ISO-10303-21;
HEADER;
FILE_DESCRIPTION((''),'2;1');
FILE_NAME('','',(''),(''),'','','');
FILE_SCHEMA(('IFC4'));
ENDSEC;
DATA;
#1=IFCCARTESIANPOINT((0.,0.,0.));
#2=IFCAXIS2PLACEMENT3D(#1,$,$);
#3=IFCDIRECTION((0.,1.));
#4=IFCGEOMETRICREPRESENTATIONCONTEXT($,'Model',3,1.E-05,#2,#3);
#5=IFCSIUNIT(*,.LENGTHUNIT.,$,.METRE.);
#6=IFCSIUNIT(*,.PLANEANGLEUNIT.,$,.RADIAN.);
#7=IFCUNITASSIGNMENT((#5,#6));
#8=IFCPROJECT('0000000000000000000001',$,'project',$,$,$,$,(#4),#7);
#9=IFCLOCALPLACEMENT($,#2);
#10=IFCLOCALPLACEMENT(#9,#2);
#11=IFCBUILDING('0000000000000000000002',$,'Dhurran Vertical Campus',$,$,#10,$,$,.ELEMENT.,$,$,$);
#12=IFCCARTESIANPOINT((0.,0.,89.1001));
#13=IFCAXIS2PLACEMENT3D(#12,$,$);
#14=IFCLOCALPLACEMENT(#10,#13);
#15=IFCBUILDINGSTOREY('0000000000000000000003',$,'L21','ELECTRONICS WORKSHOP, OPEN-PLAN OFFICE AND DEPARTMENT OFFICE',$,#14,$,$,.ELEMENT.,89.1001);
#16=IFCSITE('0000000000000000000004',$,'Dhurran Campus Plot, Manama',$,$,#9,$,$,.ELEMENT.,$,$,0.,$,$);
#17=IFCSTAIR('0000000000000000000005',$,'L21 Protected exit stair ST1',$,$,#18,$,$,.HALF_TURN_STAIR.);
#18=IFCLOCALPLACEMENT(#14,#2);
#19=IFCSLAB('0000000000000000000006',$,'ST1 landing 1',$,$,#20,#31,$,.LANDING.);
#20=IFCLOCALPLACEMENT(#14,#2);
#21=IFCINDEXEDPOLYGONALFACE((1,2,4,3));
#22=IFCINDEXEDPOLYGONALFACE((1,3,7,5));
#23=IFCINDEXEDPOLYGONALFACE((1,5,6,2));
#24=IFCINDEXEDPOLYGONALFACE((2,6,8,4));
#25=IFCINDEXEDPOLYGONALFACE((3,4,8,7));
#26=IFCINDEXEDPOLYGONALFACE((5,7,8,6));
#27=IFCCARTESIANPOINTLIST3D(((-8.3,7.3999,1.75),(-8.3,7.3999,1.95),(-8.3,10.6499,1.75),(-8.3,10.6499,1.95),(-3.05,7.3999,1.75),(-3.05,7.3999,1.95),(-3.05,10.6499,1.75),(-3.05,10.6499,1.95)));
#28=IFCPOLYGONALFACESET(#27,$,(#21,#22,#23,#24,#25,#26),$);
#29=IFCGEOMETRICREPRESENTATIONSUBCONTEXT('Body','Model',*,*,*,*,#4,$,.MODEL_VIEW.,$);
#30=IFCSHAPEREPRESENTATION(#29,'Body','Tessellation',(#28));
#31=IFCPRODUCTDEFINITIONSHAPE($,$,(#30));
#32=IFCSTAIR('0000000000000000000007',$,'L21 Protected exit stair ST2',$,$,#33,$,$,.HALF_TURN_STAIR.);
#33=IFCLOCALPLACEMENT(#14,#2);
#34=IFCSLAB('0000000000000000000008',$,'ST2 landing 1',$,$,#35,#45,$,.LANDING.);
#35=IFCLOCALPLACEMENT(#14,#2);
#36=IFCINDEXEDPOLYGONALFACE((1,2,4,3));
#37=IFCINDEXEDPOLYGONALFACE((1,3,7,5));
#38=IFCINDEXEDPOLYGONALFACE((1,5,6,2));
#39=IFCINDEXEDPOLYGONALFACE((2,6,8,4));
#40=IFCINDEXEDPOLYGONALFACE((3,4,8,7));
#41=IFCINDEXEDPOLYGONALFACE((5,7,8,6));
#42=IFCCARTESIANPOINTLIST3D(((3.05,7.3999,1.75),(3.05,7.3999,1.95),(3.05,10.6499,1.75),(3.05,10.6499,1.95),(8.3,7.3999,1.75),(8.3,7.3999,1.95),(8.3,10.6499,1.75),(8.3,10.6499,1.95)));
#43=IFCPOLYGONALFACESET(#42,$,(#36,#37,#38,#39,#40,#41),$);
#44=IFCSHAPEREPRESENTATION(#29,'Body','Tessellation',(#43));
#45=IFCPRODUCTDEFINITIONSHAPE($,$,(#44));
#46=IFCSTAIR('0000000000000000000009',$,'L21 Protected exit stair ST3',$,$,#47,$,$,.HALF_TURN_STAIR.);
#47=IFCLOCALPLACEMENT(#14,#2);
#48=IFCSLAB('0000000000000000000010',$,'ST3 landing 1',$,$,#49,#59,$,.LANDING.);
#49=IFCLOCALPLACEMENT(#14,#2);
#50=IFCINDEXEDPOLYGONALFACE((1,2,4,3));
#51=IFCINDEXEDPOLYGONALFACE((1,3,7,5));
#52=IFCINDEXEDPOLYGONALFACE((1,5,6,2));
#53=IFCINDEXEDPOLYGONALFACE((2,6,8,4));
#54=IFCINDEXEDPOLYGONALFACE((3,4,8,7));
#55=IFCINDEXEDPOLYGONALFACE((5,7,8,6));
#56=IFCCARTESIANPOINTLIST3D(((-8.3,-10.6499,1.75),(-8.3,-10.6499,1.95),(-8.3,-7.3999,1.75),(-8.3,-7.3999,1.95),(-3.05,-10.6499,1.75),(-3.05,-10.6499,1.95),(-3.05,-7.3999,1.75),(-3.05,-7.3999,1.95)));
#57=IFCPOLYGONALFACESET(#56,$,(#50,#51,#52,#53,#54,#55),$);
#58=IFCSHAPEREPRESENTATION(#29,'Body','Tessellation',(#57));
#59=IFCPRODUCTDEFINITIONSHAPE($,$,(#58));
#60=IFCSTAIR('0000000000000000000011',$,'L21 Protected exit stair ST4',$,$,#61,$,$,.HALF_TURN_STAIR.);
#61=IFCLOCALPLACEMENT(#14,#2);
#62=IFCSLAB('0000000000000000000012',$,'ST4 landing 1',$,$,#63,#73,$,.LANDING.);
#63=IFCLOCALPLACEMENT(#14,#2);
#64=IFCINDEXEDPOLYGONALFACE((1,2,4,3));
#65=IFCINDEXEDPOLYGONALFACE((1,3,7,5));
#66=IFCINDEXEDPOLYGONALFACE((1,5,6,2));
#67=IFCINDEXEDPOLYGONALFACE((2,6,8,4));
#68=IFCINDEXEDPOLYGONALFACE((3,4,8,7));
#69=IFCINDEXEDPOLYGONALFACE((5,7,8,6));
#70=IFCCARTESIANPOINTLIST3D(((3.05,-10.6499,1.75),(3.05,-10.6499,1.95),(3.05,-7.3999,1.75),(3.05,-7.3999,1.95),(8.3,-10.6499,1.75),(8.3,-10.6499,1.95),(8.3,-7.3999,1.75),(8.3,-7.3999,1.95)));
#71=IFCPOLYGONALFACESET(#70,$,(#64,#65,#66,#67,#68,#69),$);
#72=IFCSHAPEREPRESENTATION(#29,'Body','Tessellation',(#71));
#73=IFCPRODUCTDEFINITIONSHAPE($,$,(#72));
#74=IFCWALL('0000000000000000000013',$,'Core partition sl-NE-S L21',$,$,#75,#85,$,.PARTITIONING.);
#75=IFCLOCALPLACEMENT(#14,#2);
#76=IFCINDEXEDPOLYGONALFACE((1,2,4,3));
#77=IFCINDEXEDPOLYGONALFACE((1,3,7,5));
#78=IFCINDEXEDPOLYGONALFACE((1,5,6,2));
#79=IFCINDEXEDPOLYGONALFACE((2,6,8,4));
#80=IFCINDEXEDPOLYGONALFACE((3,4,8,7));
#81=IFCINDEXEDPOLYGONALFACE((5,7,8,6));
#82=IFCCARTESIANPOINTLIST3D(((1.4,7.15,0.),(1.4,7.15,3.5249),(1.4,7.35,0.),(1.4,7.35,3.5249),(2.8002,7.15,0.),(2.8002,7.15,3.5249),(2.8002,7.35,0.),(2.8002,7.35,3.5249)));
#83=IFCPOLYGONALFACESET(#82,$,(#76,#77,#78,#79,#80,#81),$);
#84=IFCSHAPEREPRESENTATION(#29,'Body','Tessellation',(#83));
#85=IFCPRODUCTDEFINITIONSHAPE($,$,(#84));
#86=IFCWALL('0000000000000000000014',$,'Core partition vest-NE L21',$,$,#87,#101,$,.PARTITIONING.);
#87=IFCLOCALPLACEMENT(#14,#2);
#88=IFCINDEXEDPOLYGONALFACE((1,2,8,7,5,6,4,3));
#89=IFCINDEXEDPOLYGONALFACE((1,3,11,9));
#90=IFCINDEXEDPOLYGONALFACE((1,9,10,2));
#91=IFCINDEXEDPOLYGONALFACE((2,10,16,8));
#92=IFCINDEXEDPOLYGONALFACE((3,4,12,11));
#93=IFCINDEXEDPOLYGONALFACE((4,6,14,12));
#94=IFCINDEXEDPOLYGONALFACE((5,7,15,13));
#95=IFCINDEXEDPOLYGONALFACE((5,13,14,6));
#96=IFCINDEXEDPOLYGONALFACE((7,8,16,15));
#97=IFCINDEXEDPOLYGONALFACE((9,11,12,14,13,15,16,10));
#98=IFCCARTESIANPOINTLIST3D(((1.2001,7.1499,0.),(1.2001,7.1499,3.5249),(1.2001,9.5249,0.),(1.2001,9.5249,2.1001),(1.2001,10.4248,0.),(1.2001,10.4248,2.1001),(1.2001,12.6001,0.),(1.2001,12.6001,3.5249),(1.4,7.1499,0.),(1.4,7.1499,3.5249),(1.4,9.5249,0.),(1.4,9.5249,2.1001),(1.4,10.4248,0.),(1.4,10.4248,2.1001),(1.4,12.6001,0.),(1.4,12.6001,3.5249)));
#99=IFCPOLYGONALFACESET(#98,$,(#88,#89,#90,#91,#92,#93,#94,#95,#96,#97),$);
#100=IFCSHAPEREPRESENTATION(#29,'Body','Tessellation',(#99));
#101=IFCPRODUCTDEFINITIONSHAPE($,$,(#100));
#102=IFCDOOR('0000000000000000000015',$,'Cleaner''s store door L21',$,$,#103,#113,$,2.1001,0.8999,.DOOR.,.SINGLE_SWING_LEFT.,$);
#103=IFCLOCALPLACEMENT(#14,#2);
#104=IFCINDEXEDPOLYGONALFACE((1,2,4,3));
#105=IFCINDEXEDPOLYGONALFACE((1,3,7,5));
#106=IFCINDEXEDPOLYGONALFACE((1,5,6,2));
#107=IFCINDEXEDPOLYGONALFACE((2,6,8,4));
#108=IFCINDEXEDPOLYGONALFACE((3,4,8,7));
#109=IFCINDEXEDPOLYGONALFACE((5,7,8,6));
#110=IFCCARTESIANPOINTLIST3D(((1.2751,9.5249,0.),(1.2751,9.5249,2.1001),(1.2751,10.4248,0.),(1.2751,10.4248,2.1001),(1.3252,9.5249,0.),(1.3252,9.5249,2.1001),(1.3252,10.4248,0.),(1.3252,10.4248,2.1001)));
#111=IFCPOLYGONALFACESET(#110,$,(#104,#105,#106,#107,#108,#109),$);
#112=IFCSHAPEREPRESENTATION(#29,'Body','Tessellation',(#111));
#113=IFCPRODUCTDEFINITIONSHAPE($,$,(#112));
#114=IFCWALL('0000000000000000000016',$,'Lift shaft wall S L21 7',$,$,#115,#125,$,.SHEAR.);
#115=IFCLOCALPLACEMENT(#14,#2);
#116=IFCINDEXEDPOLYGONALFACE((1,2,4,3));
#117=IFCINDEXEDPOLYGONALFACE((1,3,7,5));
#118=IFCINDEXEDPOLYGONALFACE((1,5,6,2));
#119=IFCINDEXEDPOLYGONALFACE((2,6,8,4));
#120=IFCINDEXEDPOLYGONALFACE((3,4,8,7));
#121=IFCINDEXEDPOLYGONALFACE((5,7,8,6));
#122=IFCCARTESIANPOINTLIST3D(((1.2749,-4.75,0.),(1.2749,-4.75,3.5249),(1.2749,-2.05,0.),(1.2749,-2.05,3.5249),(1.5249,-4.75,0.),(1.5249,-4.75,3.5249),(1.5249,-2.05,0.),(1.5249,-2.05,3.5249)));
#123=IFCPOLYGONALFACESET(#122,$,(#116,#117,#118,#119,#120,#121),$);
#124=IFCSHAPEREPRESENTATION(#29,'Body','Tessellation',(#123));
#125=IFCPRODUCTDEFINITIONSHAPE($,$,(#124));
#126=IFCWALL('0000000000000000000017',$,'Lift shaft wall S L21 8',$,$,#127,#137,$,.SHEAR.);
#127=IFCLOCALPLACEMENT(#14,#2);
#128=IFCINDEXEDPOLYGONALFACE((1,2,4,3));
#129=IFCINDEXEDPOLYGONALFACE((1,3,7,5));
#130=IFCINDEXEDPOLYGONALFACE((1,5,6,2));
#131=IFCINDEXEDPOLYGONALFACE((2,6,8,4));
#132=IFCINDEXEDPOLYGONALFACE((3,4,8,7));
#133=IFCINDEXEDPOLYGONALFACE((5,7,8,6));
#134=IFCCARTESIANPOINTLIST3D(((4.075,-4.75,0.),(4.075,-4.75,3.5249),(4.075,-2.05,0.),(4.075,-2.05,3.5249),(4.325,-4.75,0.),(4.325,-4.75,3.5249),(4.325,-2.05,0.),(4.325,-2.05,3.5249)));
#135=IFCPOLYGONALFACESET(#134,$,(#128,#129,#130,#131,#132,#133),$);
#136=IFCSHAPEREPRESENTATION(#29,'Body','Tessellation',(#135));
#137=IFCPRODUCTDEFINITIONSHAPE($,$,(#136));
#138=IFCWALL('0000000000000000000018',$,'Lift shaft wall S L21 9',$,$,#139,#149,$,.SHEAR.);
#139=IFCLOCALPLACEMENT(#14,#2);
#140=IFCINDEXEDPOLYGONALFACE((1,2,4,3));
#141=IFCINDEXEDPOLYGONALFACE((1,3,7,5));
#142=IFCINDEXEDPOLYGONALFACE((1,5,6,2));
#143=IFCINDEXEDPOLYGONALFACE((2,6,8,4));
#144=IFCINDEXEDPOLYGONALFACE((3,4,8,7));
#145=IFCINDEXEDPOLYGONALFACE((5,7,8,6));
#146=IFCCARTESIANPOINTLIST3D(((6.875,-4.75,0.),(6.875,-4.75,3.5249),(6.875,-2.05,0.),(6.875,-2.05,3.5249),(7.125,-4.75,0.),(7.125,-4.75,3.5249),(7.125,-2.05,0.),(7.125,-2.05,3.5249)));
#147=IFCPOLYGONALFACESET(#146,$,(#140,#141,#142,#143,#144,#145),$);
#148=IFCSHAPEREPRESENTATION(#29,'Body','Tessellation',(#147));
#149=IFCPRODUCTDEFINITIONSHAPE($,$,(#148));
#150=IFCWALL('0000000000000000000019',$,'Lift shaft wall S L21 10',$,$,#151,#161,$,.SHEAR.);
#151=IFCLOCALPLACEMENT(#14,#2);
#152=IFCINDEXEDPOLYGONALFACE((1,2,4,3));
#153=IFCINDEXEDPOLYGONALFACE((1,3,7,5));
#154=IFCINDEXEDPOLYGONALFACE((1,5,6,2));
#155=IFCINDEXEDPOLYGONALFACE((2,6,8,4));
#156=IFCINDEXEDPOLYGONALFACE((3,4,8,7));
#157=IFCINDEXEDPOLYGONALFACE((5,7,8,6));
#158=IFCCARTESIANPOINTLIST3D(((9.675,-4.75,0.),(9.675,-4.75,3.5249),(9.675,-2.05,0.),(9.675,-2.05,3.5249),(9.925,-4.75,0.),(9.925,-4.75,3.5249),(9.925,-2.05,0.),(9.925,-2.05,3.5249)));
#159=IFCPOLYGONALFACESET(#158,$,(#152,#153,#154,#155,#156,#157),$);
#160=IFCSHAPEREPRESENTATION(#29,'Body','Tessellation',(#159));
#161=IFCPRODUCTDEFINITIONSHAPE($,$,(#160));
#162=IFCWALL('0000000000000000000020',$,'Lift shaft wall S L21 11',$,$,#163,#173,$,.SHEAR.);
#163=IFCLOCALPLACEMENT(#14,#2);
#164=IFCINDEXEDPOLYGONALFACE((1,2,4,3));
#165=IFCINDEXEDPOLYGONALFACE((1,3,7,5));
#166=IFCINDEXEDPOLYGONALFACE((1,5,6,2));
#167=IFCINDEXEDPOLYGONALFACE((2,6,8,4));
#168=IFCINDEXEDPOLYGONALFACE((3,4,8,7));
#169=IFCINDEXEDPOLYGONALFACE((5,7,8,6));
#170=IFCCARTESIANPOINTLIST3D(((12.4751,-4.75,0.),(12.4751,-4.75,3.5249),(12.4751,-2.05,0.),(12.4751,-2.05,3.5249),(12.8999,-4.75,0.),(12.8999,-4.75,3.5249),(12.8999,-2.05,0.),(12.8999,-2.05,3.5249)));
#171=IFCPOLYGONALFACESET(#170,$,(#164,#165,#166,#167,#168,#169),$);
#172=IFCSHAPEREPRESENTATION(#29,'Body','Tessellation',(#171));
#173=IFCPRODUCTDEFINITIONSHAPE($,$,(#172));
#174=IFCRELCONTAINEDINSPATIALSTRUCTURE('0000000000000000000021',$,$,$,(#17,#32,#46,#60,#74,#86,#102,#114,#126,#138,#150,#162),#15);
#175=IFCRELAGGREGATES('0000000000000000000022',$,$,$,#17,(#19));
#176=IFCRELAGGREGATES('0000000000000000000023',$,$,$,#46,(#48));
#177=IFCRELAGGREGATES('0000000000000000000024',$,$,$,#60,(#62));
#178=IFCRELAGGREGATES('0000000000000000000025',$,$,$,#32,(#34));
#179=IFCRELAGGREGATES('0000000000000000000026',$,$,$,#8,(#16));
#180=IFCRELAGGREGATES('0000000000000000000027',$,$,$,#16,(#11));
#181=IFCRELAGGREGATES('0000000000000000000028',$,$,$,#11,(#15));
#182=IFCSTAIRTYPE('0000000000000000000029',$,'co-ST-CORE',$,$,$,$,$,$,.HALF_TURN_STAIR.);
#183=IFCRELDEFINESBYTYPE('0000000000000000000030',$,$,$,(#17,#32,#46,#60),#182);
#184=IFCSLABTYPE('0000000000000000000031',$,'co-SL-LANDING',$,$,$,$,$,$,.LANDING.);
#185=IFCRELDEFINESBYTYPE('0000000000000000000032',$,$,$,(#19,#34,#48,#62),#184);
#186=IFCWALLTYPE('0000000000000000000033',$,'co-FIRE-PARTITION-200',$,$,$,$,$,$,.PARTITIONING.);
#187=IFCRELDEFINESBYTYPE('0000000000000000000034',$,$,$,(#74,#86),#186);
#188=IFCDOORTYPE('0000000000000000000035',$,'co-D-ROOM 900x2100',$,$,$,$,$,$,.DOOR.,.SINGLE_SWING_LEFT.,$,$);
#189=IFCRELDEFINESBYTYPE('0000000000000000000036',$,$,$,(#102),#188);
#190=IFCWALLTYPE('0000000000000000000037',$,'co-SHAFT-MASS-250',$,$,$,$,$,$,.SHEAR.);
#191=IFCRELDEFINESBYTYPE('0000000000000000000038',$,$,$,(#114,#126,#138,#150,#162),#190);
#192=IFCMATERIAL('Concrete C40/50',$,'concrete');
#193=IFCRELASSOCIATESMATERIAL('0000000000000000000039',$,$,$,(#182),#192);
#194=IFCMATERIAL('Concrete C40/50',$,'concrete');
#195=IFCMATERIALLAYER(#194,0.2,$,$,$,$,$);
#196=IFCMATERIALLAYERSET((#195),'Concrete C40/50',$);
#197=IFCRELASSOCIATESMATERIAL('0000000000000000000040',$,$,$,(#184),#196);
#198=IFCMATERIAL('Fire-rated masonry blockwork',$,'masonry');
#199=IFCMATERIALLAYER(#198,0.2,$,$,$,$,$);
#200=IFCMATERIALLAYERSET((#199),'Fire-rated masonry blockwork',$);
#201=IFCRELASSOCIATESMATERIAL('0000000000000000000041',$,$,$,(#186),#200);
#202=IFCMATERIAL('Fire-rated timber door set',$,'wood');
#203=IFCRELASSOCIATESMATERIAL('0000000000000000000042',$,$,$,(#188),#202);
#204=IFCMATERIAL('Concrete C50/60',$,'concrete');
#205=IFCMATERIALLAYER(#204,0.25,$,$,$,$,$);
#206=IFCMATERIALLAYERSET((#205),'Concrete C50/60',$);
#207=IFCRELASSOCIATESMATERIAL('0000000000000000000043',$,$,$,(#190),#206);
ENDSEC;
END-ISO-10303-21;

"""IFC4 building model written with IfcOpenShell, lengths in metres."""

from ifc_helpers import new_model, si_unit, direction, frame, frame_2d, origin, place, context, subcontext, project, spatial, polyline, rectangle, outline, extrude, material, layer, layer_set, type_object, element, fill, aggregate, save


model = new_model("IFC4")

# Units and contexts
model_context = context("Model", 3, precision=1e-05, world=origin(), true_north=direction((0.0, 1.0)))
body_context = subcontext(model_context, "Body", "Model", "MODEL_VIEW")
ifc_project = project(units=[si_unit("LENGTHUNIT", "METRE"), si_unit("PLANEANGLEUNIT", "RADIAN")], contexts=[model_context])

# Site, building, storey
site_placement = place(None, origin())
site = spatial("IfcSite", under=ifc_project, at=site_placement, Name="Dhurran Campus Plot, Manama", CompositionType="ELEMENT", RefElevation=0.0)
building_placement = place(site_placement, origin())
building = spatial("IfcBuilding", under=site, at=building_placement, Name="Dhurran Vertical Campus", CompositionType="ELEMENT")
storey_placement = place(building_placement, frame((0.0, 0.0, 89.1001)))
storey = spatial("IfcBuildingStorey", under=building, at=storey_placement, Name="L21", Description="ELECTRONICS WORKSHOP, OPEN-PLAN OFFICE AND DEPARTMENT OFFICE", CompositionType="ELEMENT", Elevation=89.1001)

# Stairs, slabs
ifc_material_1 = material(Name="Concrete C40/50", Category="concrete")
stair_type = type_object("IfcStairType", Name="co-ST-CORE", PredefinedType="HALF_TURN_STAIR", material=ifc_material_1)
stair_1_placement = place(storey_placement, origin())
stair_1 = element("IfcStair", 1, at=stair_1_placement, inside=storey, type_object=stair_type, Name="L21 Protected exit stair ST1", PredefinedType="HALF_TURN_STAIR")
ifc_material_2 = material(Name="Concrete C40/50", Category="concrete")
ifc_layer_1 = layer(ifc_material_2, 0.2)
ifc_layer_set_1 = layer_set([ifc_layer_1], Name="Concrete C40/50")
slab_type = type_object("IfcSlabType", Name="co-SL-LANDING", PredefinedType="LANDING", material=ifc_layer_set_1)
slab_1_placement = place(storey_placement, frame((0.0, 0.0, 1.75)))
slab_1 = element("IfcSlab", 2, at=slab_1_placement, type_object=slab_type, Name="ST1 landing 1", PredefinedType="LANDING", context=body_context, shape_type="SweptSolid", body=[
    extrude(outline(polyline([(-8.3, 7.3999), (-3.05, 7.3999), (-3.05, 10.6499), (-8.3, 10.6499), (-8.3, 7.3999)])), origin(), (0.0, 0.0, 1.0), 0.2),
])
aggregate(stair_1, [slab_1])
stair_2_placement = place(storey_placement, origin())
stair_2 = element("IfcStair", 3, at=stair_2_placement, inside=storey, type_object=stair_type, Name="L21 Protected exit stair ST2", PredefinedType="HALF_TURN_STAIR")
slab_2_placement = place(storey_placement, frame((0.0, 0.0, 1.75)))
slab_2 = element("IfcSlab", 4, at=slab_2_placement, type_object=slab_type, Name="ST2 landing 1", PredefinedType="LANDING", context=body_context, shape_type="SweptSolid", body=[
    extrude(outline(polyline([(8.3, 10.6499), (3.05, 10.6499), (3.05, 7.3999), (8.3, 7.3999), (8.3, 10.6499)])), origin(), (0.0, 0.0, 1.0), 0.2),
])
stair_3_placement = place(storey_placement, origin())
stair_3 = element("IfcStair", 5, at=stair_3_placement, inside=storey, type_object=stair_type, Name="L21 Protected exit stair ST3", PredefinedType="HALF_TURN_STAIR")
slab_3_placement = place(storey_placement, frame((0.0, 0.0, 1.75)))
slab_3 = element("IfcSlab", 6, at=slab_3_placement, type_object=slab_type, Name="ST3 landing 1", PredefinedType="LANDING", context=body_context, shape_type="SweptSolid", body=[
    extrude(outline(polyline([(-8.3, -10.6499), (-3.05, -10.6499), (-3.05, -7.3999), (-8.3, -7.3999), (-8.3, -10.6499)])), origin(), (0.0, 0.0, 1.0), 0.2),
])
aggregate(stair_3, [slab_3])
stair_4_placement = place(storey_placement, origin())
stair_4 = element("IfcStair", 7, at=stair_4_placement, inside=storey, type_object=stair_type, Name="L21 Protected exit stair ST4", PredefinedType="HALF_TURN_STAIR")
slab_4_placement = place(storey_placement, frame((0.0, 0.0, 1.75)))
slab_4 = element("IfcSlab", 8, at=slab_4_placement, type_object=slab_type, Name="ST4 landing 1", PredefinedType="LANDING", context=body_context, shape_type="SweptSolid", body=[
    extrude(outline(polyline([(8.3, -7.3999), (3.05, -7.3999), (3.05, -10.6499), (8.3, -10.6499), (8.3, -7.3999)])), origin(), (0.0, 0.0, 1.0), 0.2),
])
aggregate(stair_4, [slab_4])

# Wall
ifc_material_3 = material(Name="Fire-rated masonry blockwork", Category="masonry")
ifc_layer_2 = layer(ifc_material_3, 0.2)
ifc_layer_set_2 = layer_set([ifc_layer_2], Name="Fire-rated masonry blockwork")
wall_type_1 = type_object("IfcWallType", Name="co-FIRE-PARTITION-200", PredefinedType="PARTITIONING", material=ifc_layer_set_2)
wall_1_placement = place(storey_placement, frame((1.3999, 7.25, 0.0), z_axis=(0.0, 0.0, 1.0), x_axis=(1.0, 0.0, 0.0)))
element("IfcWall", 9, at=wall_1_placement, inside=storey, type_object=wall_type_1, Name="Core partition sl-NE-S L21", PredefinedType="PARTITIONING", context=body_context, shape_type="SweptSolid", body=[
    extrude(rectangle(XDim=1.4001, YDim=0.2, at=frame_2d((0.7002, 0.0))), origin(), (0.0, 0.0, 1.0), 3.5249),
])

# Wall, opening, door
wall_2_placement = place(storey_placement, frame((1.3, 7.1499, 0.0), z_axis=(0.0, 0.0, 1.0), x_axis=(0.0, 1.0, 0.0)))
wall_2 = element("IfcWall", 10, at=wall_2_placement, inside=storey, type_object=wall_type_1, Name="Core partition vest-NE L21", PredefinedType="PARTITIONING", context=body_context, shape_type="SweptSolid", body=[
    extrude(rectangle(XDim=5.4502, YDim=0.2, at=frame_2d((2.7251, 0.0))), origin(), (0.0, 0.0, 1.0), 3.5249),
])
opening_1_placement = place(wall_2_placement, frame((2.375, 0.0, 0.0)))
opening_1 = element("IfcOpeningElement", 11, at=opening_1_placement, cuts=wall_2, PredefinedType="OPENING", context=body_context, shape_type="SweptSolid", body=[
    extrude(rectangle(XDim=0.8999, YDim=2.1001, at=frame_2d((0.45, 1.05))), frame((0.0, 0.1099, 0.0), z_axis=(0.0, -1.0, 0.0), x_axis=(1.0, 0.0, 0.0)), (0.0, 0.0, 1.0), 0.22),
])
ifc_material_4 = material(Name="Fire-rated timber door set", Category="wood")
door_type_1 = type_object("IfcDoorType", Name="co-D-ROOM 900x2100", OperationType="SINGLE_SWING_LEFT", PredefinedType="DOOR", material=ifc_material_4)
door_1_placement = place(opening_1_placement, origin())
door_1 = element("IfcDoor", 12, at=door_1_placement, inside=storey, type_object=door_type_1, Name="Cleaner's store door L21", OperationType="SINGLE_SWING_LEFT", OverallHeight=2.1001, OverallWidth=0.8999, PredefinedType="DOOR", context=body_context, shape_type="SweptSolid", body=[
    extrude(rectangle(XDim=0.8999, YDim=2.1001, at=frame_2d((0.45, 1.05))), frame((0.0, 0.0249, 0.0), z_axis=(0.0, -1.0, 0.0), x_axis=(1.0, 0.0, 0.0)), (0.0, 0.0, 1.0), 0.05),
])
fill(opening_1, door_1)

# Walls
ifc_material_5 = material(Name="Concrete C50/60", Category="concrete")
ifc_layer_3 = layer(ifc_material_5, 0.25)
ifc_layer_set_3 = layer_set([ifc_layer_3], Name="Concrete C50/60")
wall_type_2 = type_object("IfcWallType", Name="co-SHAFT-MASS-250", PredefinedType="SHEAR", material=ifc_layer_set_3)
wall_3_placement = place(storey_placement, origin())
element("IfcWall", 13, at=wall_3_placement, inside=storey, type_object=wall_type_2, Name="Lift shaft wall S L21 7", PredefinedType="SHEAR", context=body_context, shape_type="SweptSolid", body=[
    extrude(outline(polyline([(1.2749, -4.75), (1.5249, -4.75), (1.5249, -2.05), (1.2749, -2.05), (1.2749, -4.75)])), origin(), (0.0, 0.0, 1.0), 3.5249),
])
wall_4_placement = place(storey_placement, origin())
element("IfcWall", 14, at=wall_4_placement, inside=storey, type_object=wall_type_2, Name="Lift shaft wall S L21 8", PredefinedType="SHEAR", context=body_context, shape_type="SweptSolid", body=[
    extrude(outline(polyline([(4.075, -4.75), (4.325, -4.75), (4.325, -2.05), (4.075, -2.05), (4.075, -4.75)])), origin(), (0.0, 0.0, 1.0), 3.5249),
])
wall_5_placement = place(storey_placement, origin())
element("IfcWall", 15, at=wall_5_placement, inside=storey, type_object=wall_type_2, Name="Lift shaft wall S L21 9", PredefinedType="SHEAR", context=body_context, shape_type="SweptSolid", body=[
    extrude(outline(polyline([(6.875, -4.75), (7.125, -4.75), (7.125, -2.05), (6.875, -2.05), (6.875, -4.75)])), origin(), (0.0, 0.0, 1.0), 3.5249),
])
wall_6_placement = place(storey_placement, origin())
element("IfcWall", 16, at=wall_6_placement, inside=storey, type_object=wall_type_2, Name="Lift shaft wall S L21 10", PredefinedType="SHEAR", context=body_context, shape_type="SweptSolid", body=[
    extrude(outline(polyline([(9.675, -4.75), (9.925, -4.75), (9.925, -2.05), (9.675, -2.05), (9.675, -4.75)])), origin(), (0.0, 0.0, 1.0), 3.5249),
])
wall_7_placement = place(storey_placement, origin())
element("IfcWall", 17, at=wall_7_placement, inside=storey, type_object=wall_type_2, Name="Lift shaft wall S L21 11", PredefinedType="SHEAR", context=body_context, shape_type="SweptSolid", body=[
    extrude(outline(polyline([(12.4751, -4.75), (12.8999, -4.75), (12.8999, -2.05), (12.4751, -2.05), (12.4751, -4.75)])), origin(), (0.0, 0.0, 1.0), 3.5249),
])

aggregate(stair_2, [slab_2])

save(model, "model.ifc")
